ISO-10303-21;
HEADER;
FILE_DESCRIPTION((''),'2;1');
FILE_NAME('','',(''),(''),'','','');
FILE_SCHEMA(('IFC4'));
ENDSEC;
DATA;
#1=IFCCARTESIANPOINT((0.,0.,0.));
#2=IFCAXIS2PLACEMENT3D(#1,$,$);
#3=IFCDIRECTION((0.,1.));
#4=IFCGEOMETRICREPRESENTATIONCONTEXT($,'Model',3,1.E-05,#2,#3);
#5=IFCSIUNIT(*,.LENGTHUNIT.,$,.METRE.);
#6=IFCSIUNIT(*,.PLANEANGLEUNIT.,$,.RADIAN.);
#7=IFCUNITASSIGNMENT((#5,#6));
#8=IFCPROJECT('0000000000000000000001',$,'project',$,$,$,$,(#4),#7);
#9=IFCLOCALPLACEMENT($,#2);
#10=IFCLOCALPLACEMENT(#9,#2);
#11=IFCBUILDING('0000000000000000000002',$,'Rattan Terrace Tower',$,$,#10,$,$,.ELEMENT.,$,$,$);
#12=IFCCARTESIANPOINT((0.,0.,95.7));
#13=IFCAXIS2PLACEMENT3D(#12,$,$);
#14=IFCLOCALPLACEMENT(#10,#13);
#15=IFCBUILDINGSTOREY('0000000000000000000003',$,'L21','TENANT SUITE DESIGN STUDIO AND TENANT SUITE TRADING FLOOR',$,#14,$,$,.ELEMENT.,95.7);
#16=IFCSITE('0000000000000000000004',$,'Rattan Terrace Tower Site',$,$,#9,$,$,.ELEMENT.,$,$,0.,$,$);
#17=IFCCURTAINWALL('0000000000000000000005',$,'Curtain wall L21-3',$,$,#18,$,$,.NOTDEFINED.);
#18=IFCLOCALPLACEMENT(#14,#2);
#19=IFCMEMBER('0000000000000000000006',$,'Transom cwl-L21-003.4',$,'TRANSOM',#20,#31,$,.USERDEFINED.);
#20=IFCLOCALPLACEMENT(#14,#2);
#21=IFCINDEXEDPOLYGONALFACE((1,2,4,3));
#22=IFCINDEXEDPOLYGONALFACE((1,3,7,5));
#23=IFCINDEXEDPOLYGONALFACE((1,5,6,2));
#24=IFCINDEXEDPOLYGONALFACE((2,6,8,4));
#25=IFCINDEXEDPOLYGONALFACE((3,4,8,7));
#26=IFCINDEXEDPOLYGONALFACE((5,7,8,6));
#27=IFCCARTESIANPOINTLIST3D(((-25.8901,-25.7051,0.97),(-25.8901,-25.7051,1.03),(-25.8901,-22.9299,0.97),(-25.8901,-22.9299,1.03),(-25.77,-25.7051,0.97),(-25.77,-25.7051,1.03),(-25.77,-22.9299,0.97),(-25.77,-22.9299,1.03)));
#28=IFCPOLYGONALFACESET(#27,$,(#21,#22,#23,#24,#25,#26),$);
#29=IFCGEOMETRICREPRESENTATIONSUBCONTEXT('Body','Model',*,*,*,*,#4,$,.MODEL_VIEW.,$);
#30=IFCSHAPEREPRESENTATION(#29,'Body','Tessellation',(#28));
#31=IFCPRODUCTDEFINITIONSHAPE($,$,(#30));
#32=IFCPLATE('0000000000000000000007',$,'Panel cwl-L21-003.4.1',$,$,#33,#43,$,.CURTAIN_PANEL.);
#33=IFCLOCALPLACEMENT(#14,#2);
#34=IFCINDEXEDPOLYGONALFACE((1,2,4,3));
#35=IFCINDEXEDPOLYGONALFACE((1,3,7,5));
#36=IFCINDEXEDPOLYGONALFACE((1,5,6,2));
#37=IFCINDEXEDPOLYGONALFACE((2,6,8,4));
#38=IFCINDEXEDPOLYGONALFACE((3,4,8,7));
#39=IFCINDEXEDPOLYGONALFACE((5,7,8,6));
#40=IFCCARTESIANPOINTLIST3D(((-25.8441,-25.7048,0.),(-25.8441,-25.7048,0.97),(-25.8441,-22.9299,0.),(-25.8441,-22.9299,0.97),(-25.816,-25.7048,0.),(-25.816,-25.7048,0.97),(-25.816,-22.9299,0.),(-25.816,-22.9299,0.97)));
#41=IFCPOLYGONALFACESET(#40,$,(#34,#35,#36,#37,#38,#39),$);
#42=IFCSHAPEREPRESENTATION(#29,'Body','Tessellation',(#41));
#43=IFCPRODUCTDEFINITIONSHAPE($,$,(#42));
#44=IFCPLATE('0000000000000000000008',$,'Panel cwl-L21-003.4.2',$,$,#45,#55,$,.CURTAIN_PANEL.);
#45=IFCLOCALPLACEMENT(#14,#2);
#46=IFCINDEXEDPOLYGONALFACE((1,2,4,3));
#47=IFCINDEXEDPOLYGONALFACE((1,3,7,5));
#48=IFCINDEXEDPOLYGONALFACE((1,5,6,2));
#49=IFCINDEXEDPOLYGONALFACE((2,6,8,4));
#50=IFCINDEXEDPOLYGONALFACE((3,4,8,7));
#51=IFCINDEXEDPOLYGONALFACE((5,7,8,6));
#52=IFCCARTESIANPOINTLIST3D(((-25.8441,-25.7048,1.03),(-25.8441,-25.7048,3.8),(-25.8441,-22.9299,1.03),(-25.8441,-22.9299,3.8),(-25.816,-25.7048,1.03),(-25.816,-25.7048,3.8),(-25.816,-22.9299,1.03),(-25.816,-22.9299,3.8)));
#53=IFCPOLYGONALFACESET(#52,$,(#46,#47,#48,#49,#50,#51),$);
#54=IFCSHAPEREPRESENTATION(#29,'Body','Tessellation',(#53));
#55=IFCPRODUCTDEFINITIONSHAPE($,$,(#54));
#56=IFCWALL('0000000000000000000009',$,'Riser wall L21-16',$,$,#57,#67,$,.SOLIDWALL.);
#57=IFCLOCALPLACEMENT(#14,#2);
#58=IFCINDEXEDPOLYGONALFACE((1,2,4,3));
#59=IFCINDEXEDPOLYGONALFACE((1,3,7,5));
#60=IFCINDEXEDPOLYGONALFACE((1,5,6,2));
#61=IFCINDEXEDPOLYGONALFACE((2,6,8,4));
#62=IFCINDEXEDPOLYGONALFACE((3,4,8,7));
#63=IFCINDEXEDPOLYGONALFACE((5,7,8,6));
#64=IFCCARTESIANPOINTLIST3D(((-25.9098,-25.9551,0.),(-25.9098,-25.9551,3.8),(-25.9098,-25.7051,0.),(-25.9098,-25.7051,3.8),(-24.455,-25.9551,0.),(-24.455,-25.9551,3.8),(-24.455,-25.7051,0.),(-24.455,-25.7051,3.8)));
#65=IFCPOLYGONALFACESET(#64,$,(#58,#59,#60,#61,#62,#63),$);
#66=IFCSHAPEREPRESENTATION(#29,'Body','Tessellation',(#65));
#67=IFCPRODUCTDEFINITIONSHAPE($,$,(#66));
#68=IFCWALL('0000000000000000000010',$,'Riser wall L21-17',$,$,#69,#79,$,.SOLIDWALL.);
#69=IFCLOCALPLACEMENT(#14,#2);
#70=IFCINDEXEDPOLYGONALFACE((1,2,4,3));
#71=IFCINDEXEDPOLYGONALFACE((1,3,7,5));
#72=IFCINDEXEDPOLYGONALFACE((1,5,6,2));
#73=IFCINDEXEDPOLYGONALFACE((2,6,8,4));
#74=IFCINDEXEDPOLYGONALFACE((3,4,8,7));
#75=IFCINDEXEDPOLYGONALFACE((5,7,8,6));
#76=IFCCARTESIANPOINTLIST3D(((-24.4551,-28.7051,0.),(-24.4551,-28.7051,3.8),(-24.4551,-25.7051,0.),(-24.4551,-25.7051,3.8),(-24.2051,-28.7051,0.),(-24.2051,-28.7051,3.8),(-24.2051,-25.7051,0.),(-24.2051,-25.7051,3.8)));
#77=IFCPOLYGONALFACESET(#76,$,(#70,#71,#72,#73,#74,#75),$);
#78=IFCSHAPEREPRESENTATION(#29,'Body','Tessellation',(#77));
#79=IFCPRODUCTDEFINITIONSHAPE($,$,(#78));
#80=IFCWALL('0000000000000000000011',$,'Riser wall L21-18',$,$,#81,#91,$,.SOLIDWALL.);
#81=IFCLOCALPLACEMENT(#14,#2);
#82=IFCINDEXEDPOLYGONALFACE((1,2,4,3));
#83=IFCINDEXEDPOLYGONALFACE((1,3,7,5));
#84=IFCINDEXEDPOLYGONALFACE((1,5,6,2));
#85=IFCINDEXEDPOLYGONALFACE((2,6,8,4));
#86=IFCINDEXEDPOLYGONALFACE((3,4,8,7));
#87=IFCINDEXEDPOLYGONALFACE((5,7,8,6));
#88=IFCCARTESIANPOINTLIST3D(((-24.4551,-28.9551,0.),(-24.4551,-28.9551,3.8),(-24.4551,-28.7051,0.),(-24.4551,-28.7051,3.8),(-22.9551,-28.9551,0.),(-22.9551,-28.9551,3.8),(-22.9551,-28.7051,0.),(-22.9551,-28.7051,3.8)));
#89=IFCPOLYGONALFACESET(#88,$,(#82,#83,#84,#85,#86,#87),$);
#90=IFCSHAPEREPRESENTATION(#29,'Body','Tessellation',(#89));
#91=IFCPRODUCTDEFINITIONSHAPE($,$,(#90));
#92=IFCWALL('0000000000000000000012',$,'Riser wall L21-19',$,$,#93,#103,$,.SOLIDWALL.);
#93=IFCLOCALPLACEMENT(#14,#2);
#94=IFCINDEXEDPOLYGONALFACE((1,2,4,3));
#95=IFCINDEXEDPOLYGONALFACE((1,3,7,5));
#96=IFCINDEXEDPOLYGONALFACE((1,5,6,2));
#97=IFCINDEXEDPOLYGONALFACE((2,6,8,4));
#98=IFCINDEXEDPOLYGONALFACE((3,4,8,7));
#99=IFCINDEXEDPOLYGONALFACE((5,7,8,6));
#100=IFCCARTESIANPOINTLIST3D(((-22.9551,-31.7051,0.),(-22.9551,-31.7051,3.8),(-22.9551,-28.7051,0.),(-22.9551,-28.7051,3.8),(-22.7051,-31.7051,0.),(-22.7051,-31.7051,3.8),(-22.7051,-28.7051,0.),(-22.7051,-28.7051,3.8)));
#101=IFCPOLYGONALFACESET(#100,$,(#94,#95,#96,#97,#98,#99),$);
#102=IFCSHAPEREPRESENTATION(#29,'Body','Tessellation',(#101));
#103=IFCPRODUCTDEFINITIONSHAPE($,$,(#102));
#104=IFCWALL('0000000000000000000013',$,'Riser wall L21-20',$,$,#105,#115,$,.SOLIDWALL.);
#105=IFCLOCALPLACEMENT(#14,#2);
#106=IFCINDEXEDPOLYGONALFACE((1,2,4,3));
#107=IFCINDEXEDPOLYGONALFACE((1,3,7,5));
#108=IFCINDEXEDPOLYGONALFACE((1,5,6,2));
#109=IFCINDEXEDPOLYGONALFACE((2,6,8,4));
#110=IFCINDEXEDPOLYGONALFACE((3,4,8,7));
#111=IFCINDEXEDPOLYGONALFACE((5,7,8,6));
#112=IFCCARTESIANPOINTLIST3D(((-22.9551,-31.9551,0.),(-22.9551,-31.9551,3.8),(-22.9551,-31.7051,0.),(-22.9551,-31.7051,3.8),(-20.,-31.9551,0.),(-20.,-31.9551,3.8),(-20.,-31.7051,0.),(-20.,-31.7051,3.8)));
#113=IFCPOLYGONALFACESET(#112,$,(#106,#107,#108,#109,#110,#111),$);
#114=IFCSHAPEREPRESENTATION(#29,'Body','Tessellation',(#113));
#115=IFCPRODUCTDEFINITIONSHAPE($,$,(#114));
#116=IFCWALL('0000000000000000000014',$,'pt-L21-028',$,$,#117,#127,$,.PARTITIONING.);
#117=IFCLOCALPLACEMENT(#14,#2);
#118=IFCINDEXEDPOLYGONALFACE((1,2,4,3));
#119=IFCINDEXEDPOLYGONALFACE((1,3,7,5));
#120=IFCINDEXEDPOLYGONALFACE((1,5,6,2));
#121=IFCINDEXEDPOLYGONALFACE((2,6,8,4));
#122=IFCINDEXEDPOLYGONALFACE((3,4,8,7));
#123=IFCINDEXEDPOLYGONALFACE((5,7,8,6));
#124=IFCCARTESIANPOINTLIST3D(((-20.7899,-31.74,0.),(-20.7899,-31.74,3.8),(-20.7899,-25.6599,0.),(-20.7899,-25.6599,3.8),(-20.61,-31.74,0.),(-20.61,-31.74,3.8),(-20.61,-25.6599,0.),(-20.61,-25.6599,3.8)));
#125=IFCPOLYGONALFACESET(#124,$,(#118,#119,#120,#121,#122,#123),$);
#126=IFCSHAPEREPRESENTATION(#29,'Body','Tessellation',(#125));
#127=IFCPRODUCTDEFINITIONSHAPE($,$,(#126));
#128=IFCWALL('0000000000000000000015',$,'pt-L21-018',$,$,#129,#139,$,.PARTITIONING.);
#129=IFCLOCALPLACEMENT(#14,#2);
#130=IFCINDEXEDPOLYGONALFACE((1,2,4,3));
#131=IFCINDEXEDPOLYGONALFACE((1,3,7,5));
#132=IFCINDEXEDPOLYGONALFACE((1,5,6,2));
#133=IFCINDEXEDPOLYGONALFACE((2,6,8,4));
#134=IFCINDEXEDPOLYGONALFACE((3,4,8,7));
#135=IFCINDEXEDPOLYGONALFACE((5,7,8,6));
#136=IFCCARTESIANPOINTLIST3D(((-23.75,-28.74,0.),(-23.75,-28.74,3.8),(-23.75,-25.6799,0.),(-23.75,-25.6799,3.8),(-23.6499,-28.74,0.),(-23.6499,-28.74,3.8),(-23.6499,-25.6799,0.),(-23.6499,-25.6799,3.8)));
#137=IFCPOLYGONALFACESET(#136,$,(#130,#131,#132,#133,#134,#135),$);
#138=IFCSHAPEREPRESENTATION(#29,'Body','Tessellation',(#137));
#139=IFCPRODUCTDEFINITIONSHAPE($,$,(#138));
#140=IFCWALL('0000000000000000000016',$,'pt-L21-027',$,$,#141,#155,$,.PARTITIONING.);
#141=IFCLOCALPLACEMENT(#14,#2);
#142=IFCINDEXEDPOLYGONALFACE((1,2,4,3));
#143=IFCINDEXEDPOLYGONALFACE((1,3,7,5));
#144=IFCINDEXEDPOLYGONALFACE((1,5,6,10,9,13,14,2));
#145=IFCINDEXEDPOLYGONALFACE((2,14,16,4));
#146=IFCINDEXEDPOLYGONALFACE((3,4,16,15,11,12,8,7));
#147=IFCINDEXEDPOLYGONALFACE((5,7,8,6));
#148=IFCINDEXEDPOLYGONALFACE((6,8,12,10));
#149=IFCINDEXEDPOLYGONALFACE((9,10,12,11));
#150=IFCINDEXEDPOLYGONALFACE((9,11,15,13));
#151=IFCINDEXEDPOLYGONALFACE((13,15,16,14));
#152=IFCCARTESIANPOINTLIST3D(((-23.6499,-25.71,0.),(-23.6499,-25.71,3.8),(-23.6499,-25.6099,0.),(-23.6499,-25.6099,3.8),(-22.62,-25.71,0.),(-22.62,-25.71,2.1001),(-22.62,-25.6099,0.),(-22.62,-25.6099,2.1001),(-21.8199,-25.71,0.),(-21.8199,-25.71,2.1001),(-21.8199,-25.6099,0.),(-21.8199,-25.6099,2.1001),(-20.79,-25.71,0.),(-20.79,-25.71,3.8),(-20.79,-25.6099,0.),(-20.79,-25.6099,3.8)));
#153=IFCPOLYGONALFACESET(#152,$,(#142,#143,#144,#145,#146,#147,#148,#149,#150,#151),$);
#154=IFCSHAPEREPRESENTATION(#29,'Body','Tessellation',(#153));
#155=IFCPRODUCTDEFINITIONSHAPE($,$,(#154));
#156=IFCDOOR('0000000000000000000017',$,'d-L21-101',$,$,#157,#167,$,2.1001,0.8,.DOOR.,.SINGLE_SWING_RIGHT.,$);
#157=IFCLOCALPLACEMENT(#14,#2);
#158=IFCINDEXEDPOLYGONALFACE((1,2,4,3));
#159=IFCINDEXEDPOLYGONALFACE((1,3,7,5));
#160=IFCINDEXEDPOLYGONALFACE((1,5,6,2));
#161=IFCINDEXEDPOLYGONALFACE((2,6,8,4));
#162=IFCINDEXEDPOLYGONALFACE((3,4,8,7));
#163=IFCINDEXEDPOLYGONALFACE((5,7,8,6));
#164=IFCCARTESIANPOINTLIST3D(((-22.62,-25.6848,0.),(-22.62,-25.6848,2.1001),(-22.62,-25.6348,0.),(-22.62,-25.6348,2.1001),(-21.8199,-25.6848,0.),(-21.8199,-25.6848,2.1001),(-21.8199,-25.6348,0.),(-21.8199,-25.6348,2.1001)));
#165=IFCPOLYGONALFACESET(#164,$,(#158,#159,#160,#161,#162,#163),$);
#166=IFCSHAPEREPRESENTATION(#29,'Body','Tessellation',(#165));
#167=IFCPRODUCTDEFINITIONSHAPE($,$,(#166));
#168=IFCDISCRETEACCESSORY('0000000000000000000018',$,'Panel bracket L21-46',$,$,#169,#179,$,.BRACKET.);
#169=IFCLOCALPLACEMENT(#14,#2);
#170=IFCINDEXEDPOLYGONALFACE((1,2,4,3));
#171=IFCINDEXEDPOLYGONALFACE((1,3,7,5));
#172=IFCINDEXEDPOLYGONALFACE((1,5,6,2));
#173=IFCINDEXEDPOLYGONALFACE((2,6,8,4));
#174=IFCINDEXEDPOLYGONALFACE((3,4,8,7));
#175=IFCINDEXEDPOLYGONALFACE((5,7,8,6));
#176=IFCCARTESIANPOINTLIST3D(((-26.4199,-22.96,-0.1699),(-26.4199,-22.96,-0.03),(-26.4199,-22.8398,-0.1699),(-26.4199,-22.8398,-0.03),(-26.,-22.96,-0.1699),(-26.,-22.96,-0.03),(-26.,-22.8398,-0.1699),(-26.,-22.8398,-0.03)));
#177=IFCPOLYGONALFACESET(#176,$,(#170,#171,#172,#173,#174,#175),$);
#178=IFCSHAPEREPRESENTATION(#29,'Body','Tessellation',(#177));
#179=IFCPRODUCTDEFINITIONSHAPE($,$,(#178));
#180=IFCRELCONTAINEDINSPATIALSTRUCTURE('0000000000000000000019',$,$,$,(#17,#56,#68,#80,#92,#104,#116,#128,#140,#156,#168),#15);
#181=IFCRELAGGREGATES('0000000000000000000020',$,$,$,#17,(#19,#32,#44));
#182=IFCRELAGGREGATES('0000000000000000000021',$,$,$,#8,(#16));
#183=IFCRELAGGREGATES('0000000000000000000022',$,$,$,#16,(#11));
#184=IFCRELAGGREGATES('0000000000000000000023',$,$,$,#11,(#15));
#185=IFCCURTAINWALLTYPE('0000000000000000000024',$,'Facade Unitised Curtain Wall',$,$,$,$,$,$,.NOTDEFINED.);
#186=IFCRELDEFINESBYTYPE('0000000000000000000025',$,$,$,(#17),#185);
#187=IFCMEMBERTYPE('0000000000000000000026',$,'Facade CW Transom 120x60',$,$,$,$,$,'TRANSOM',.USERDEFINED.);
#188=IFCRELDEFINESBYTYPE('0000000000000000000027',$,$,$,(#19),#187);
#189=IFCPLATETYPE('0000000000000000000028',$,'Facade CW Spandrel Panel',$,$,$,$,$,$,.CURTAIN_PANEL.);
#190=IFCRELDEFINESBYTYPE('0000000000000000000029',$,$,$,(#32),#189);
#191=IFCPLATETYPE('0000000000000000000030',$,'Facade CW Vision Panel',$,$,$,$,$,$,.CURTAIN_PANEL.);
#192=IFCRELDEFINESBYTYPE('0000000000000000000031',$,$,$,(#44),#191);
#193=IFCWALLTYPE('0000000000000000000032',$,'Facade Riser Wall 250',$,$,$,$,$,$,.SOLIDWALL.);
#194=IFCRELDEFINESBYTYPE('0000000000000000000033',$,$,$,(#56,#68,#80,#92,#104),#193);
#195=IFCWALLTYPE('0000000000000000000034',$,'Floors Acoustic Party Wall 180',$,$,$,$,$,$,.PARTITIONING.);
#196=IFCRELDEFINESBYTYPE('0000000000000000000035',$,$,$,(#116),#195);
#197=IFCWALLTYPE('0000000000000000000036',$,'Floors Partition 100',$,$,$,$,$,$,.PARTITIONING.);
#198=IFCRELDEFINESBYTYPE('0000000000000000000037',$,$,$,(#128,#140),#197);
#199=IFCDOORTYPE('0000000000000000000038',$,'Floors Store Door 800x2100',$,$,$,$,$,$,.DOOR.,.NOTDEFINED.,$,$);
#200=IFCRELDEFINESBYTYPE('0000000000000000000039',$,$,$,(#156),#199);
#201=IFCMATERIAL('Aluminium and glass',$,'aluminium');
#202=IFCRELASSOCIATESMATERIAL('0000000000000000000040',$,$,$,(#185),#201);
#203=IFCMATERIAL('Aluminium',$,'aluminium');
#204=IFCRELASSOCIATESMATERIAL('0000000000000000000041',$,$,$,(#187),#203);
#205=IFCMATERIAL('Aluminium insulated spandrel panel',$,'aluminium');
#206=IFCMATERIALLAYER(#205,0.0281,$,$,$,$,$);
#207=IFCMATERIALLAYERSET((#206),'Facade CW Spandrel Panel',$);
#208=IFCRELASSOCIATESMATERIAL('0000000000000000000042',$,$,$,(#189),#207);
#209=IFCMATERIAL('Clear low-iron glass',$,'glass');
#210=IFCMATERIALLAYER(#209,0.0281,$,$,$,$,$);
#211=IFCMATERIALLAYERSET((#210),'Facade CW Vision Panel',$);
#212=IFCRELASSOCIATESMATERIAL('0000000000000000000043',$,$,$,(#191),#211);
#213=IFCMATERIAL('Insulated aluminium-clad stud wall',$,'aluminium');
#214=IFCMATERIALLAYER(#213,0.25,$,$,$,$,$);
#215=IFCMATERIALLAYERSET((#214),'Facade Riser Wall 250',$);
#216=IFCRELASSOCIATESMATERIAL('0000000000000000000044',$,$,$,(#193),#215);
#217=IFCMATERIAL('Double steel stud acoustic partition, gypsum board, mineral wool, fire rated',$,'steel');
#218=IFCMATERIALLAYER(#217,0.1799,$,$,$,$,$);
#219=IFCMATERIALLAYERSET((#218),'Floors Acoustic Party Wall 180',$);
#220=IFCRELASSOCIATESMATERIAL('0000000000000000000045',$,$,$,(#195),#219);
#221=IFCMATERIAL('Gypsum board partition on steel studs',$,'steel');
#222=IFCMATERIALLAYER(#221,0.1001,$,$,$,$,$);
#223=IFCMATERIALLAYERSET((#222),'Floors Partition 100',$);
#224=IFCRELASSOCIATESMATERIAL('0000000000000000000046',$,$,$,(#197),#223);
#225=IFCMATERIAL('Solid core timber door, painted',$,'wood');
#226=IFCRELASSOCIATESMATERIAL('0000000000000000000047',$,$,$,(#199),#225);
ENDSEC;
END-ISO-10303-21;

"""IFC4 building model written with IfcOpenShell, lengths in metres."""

from ifc_helpers import new_model, si_unit, direction, frame, frame_2d, origin, origin_2d, place, context, subcontext, project, spatial, rectangle, extrude, material, layer, layer_set, material_profile, profile_set, type_object, element, fill, aggregate, save


model = new_model("IFC4")

# Units and contexts
model_context = context("Model", 3, precision=1e-05, world=origin(), true_north=direction((0.0, 1.0)))
body_context = subcontext(model_context, "Body", "Model", "MODEL_VIEW")
ifc_project = project(units=[si_unit("LENGTHUNIT", "METRE"), si_unit("PLANEANGLEUNIT", "RADIAN")], contexts=[model_context])

# Site, building, storey
site_placement = place(None, origin())
site = spatial("IfcSite", under=ifc_project, at=site_placement, Name="Rattan Terrace Tower Site", CompositionType="ELEMENT", RefElevation=0.0)
building_placement = place(site_placement, origin())
building = spatial("IfcBuilding", under=site, at=building_placement, Name="Rattan Terrace Tower", CompositionType="ELEMENT")
storey_placement = place(building_placement, frame((0.0, 0.0, 95.7)))
storey = spatial("IfcBuildingStorey", under=building, at=storey_placement, Name="L21", Description="TENANT SUITE DESIGN STUDIO AND TENANT SUITE TRADING FLOOR", CompositionType="ELEMENT", Elevation=95.7)

# Curtain wall, member, plates
ifc_material_1 = material(Name="Aluminium and glass", Category="aluminium")
curtain_wall_type = type_object("IfcCurtainWallType", Name="Facade Unitised Curtain Wall", PredefinedType="NOTDEFINED", material=ifc_material_1)
curtain_wall_placement = place(storey_placement, origin())
curtain_wall = element("IfcCurtainWall", 1, at=curtain_wall_placement, inside=storey, type_object=curtain_wall_type, Name="Curtain wall L21-3", PredefinedType="NOTDEFINED")
ifc_material_2 = material(Name="Aluminium", Category="aluminium")
ifc_material_profile = material_profile(ifc_material_2, rectangle(XDim=0.1201, YDim=0.0601, at=origin_2d()), Name="Aluminium 120x60")
ifc_profile_set = profile_set([ifc_material_profile], Name="Aluminium")
member_type = type_object("IfcMemberType", Name="Facade CW Transom 120x60", ElementType="TRANSOM", PredefinedType="USERDEFINED", material=ifc_profile_set)
member_placement = place(storey_placement, frame((-25.8301, -22.9299, 1.0), z_axis=(0.0, -1.0, 0.0), x_axis=(1.0, 0.0, 0.0)))
member = element("IfcMember", 2, at=member_placement, type_object=member_type, Name="Transom cwl-L21-003.4", ObjectType="TRANSOM", PredefinedType="USERDEFINED", context=body_context, shape_type="SweptSolid", body=[
    extrude(rectangle(XDim=0.1201, YDim=0.0601, at=origin_2d()), origin(), (0.0, 0.0, 1.0), 2.7751),
])
ifc_material_3 = material(Name="Aluminium insulated spandrel panel", Category="aluminium")
ifc_layer_1 = layer(ifc_material_3, 0.0281)
ifc_layer_set_1 = layer_set([ifc_layer_1], Name="Facade CW Spandrel Panel")
plate_type_1 = type_object("IfcPlateType", Name="Facade CW Spandrel Panel", PredefinedType="CURTAIN_PANEL", material=ifc_layer_set_1)
plate_1_placement = place(storey_placement, frame((-25.8301, -24.3174, 0.0), z_axis=(0.0, 0.0, 1.0), x_axis=(0.0, -1.0, 0.0)))
plate_1 = element("IfcPlate", 3, at=plate_1_placement, type_object=plate_type_1, Name="Panel cwl-L21-003.4.1", PredefinedType="CURTAIN_PANEL", context=body_context, shape_type="SweptSolid", body=[
    extrude(rectangle(XDim=2.7749, YDim=0.0281, at=origin_2d()), origin(), (0.0, 0.0, 1.0), 0.97),
])
ifc_material_4 = material(Name="Clear low-iron glass", Category="glass")
ifc_layer_2 = layer(ifc_material_4, 0.0281)
ifc_layer_set_2 = layer_set([ifc_layer_2], Name="Facade CW Vision Panel")
plate_type_2 = type_object("IfcPlateType", Name="Facade CW Vision Panel", PredefinedType="CURTAIN_PANEL", material=ifc_layer_set_2)
plate_2_placement = place(storey_placement, frame((-25.8301, -24.3174, 1.03), z_axis=(0.0, 0.0, 1.0), x_axis=(0.0, -1.0, 0.0)))
plate_2 = element("IfcPlate", 4, at=plate_2_placement, type_object=plate_type_2, Name="Panel cwl-L21-003.4.2", PredefinedType="CURTAIN_PANEL", context=body_context, shape_type="SweptSolid", body=[
    extrude(rectangle(XDim=2.7749, YDim=0.0281, at=origin_2d()), origin(), (0.0, 0.0, 1.0), 2.77),
])
aggregate(curtain_wall, [member, plate_1, plate_2])

# Walls
ifc_material_5 = material(Name="Insulated aluminium-clad stud wall", Category="aluminium")
ifc_layer_3 = layer(ifc_material_5, 0.25)
ifc_layer_set_3 = layer_set([ifc_layer_3], Name="Facade Riser Wall 250")
wall_type_1 = type_object("IfcWallType", Name="Facade Riser Wall 250", PredefinedType="SOLIDWALL", material=ifc_layer_set_3)
wall_1_placement = place(storey_placement, frame((-25.9099, -25.8301, 0.0), z_axis=(0.0, 0.0, 1.0), x_axis=(1.0, 0.0, 0.0)))
element("IfcWall", 5, at=wall_1_placement, inside=storey, type_object=wall_type_1, Name="Riser wall L21-16", PredefinedType="SOLIDWALL", context=body_context, shape_type="SweptSolid", body=[
    extrude(rectangle(XDim=1.4548, YDim=0.25, at=frame_2d((0.7275, 0.0))), origin(), (0.0, 0.0, 1.0), 3.8),
])
wall_2_placement = place(storey_placement, frame((-24.3301, -25.7051, 0.0), z_axis=(0.0, 0.0, 1.0), x_axis=(0.0, -1.0, 0.0)))
element("IfcWall", 6, at=wall_2_placement, inside=storey, type_object=wall_type_1, Name="Riser wall L21-17", PredefinedType="SOLIDWALL", context=body_context, shape_type="SweptSolid", body=[
    extrude(rectangle(XDim=3.0, YDim=0.25, at=frame_2d((1.5, 0.0))), origin(), (0.0, 0.0, 1.0), 3.8),
])
wall_3_placement = place(storey_placement, frame((-24.4551, -28.8301, 0.0), z_axis=(0.0, 0.0, 1.0), x_axis=(1.0, 0.0, 0.0)))
element("IfcWall", 7, at=wall_3_placement, inside=storey, type_object=wall_type_1, Name="Riser wall L21-18", PredefinedType="SOLIDWALL", context=body_context, shape_type="SweptSolid", body=[
    extrude(rectangle(XDim=1.5, YDim=0.25, at=frame_2d((0.75, 0.0))), origin(), (0.0, 0.0, 1.0), 3.8),
])
wall_4_placement = place(storey_placement, frame((-22.8301, -28.7051, 0.0), z_axis=(0.0, 0.0, 1.0), x_axis=(0.0, -1.0, 0.0)))
element("IfcWall", 8, at=wall_4_placement, inside=storey, type_object=wall_type_1, Name="Riser wall L21-19", PredefinedType="SOLIDWALL", context=body_context, shape_type="SweptSolid", body=[
    extrude(rectangle(XDim=3.0, YDim=0.25, at=frame_2d((1.5, 0.0))), origin(), (0.0, 0.0, 1.0), 3.8),
])
wall_5_placement = place(storey_placement, frame((-22.9551, -31.8301, 0.0), z_axis=(0.0, 0.0, 1.0), x_axis=(1.0, 0.0, 0.0)))
element("IfcWall", 9, at=wall_5_placement, inside=storey, type_object=wall_type_1, Name="Riser wall L21-20", PredefinedType="SOLIDWALL", context=body_context, shape_type="SweptSolid", body=[
    extrude(rectangle(XDim=2.9551, YDim=0.25, at=frame_2d((1.4775, 0.0))), origin(), (0.0, 0.0, 1.0), 3.8),
])
ifc_material_6 = material(Name="Double steel stud acoustic partition, gypsum board, mineral wool, fire rated", Category="steel")
ifc_layer_4 = layer(ifc_material_6, 0.1799)
ifc_layer_set_4 = layer_set([ifc_layer_4], Name="Floors Acoustic Party Wall 180")
wall_type_2 = type_object("IfcWallType", Name="Floors Acoustic Party Wall 180", PredefinedType="PARTITIONING", material=ifc_layer_set_4)
wall_6_placement = place(storey_placement, frame((-20.7, -25.6599, 0.0), z_axis=(0.0, 0.0, 1.0), x_axis=(0.0, -1.0, 0.0)))
element("IfcWall", 10, at=wall_6_placement, inside=storey, type_object=wall_type_2, Name="pt-L21-028", PredefinedType="PARTITIONING", context=body_context, shape_type="SweptSolid", body=[
    extrude(rectangle(XDim=6.0801, YDim=0.1799, at=frame_2d((3.04, 0.0))), origin(), (0.0, 0.0, 1.0), 3.8),
])
ifc_material_7 = material(Name="Gypsum board partition on steel studs", Category="steel")
ifc_layer_5 = layer(ifc_material_7, 0.1001)
ifc_layer_set_5 = layer_set([ifc_layer_5], Name="Floors Partition 100")
wall_type_3 = type_object("IfcWallType", Name="Floors Partition 100", PredefinedType="PARTITIONING", material=ifc_layer_set_5)
wall_7_placement = place(storey_placement, frame((-23.7, -25.6799, 0.0), z_axis=(0.0, 0.0, 1.0), x_axis=(0.0, -1.0, 0.0)))
element("IfcWall", 11, at=wall_7_placement, inside=storey, type_object=wall_type_3, Name="pt-L21-018", PredefinedType="PARTITIONING", context=body_context, shape_type="SweptSolid", body=[
    extrude(rectangle(XDim=3.0601, YDim=0.1001, at=frame_2d((1.53, 0.0))), origin(), (0.0, 0.0, 1.0), 3.8),
])

# Wall, opening, door
wall_8_placement = place(storey_placement, frame((-20.79, -25.6599, 0.0), z_axis=(0.0, 0.0, 1.0), x_axis=(-1.0, 0.0, 0.0)))
wall_8 = element("IfcWall", 12, at=wall_8_placement, inside=storey, type_object=wall_type_3, Name="pt-L21-027", PredefinedType="PARTITIONING", context=body_context, shape_type="SweptSolid", body=[
    extrude(rectangle(XDim=2.8599, YDim=0.1001, at=frame_2d((1.4299, 0.0))), origin(), (0.0, 0.0, 1.0), 3.8),
])
opening_placement = place(wall_8_placement, frame((1.03, 0.0, 0.0)))
opening = element("IfcOpeningElement", 13, at=opening_placement, cuts=wall_8, PredefinedType="OPENING", context=body_context, shape_type="SweptSolid", body=[
    extrude(rectangle(XDim=0.8, YDim=2.1001, at=frame_2d((0.3999, 1.05))), frame((0.0, 0.0605, 0.0), z_axis=(0.0, -1.0, 0.0), x_axis=(1.0, 0.0, 0.0)), (0.0, 0.0, 1.0), 0.1211),
])
ifc_material_8 = material(Name="Solid core timber door, painted", Category="wood")
door_type = type_object("IfcDoorType", Name="Floors Store Door 800x2100", OperationType="NOTDEFINED", PredefinedType="DOOR", material=ifc_material_8)
door_placement = place(opening_placement, origin())
door = element("IfcDoor", 14, at=door_placement, inside=storey, type_object=door_type, Name="d-L21-101", OperationType="SINGLE_SWING_RIGHT", OverallHeight=2.1001, OverallWidth=0.8, PredefinedType="DOOR", context=body_context, shape_type="SweptSolid", body=[
    extrude(rectangle(XDim=0.8, YDim=2.1001, at=frame_2d((0.3999, 1.05))), frame((0.0, 0.0249, 0.0), z_axis=(0.0, -1.0, 0.0), x_axis=(1.0, 0.0, 0.0)), (0.0, 0.0, 1.0), 0.05),
])
fill(opening, door)

# Discrete accessory
for number, where, z_axis, x_axis, name in (
    (15, (-26.21, -22.8999, -0.1699), (0.0, 0.0, 1.0), (0.0, -1.0, 0.0), "Panel bracket L21-46"),
):
    element("IfcDiscreteAccessory", number, at=place(storey_placement, frame(where, z_axis=z_axis, x_axis=x_axis)), inside=storey, Name=name, PredefinedType="BRACKET", context=body_context, shape_type="SweptSolid", body=[
        extrude(rectangle(XDim=0.1201, YDim=0.4199, at=origin_2d()), origin(), (0.0, 0.0, 1.0), 0.1399),
    ])

save(model, "model.ifc")
